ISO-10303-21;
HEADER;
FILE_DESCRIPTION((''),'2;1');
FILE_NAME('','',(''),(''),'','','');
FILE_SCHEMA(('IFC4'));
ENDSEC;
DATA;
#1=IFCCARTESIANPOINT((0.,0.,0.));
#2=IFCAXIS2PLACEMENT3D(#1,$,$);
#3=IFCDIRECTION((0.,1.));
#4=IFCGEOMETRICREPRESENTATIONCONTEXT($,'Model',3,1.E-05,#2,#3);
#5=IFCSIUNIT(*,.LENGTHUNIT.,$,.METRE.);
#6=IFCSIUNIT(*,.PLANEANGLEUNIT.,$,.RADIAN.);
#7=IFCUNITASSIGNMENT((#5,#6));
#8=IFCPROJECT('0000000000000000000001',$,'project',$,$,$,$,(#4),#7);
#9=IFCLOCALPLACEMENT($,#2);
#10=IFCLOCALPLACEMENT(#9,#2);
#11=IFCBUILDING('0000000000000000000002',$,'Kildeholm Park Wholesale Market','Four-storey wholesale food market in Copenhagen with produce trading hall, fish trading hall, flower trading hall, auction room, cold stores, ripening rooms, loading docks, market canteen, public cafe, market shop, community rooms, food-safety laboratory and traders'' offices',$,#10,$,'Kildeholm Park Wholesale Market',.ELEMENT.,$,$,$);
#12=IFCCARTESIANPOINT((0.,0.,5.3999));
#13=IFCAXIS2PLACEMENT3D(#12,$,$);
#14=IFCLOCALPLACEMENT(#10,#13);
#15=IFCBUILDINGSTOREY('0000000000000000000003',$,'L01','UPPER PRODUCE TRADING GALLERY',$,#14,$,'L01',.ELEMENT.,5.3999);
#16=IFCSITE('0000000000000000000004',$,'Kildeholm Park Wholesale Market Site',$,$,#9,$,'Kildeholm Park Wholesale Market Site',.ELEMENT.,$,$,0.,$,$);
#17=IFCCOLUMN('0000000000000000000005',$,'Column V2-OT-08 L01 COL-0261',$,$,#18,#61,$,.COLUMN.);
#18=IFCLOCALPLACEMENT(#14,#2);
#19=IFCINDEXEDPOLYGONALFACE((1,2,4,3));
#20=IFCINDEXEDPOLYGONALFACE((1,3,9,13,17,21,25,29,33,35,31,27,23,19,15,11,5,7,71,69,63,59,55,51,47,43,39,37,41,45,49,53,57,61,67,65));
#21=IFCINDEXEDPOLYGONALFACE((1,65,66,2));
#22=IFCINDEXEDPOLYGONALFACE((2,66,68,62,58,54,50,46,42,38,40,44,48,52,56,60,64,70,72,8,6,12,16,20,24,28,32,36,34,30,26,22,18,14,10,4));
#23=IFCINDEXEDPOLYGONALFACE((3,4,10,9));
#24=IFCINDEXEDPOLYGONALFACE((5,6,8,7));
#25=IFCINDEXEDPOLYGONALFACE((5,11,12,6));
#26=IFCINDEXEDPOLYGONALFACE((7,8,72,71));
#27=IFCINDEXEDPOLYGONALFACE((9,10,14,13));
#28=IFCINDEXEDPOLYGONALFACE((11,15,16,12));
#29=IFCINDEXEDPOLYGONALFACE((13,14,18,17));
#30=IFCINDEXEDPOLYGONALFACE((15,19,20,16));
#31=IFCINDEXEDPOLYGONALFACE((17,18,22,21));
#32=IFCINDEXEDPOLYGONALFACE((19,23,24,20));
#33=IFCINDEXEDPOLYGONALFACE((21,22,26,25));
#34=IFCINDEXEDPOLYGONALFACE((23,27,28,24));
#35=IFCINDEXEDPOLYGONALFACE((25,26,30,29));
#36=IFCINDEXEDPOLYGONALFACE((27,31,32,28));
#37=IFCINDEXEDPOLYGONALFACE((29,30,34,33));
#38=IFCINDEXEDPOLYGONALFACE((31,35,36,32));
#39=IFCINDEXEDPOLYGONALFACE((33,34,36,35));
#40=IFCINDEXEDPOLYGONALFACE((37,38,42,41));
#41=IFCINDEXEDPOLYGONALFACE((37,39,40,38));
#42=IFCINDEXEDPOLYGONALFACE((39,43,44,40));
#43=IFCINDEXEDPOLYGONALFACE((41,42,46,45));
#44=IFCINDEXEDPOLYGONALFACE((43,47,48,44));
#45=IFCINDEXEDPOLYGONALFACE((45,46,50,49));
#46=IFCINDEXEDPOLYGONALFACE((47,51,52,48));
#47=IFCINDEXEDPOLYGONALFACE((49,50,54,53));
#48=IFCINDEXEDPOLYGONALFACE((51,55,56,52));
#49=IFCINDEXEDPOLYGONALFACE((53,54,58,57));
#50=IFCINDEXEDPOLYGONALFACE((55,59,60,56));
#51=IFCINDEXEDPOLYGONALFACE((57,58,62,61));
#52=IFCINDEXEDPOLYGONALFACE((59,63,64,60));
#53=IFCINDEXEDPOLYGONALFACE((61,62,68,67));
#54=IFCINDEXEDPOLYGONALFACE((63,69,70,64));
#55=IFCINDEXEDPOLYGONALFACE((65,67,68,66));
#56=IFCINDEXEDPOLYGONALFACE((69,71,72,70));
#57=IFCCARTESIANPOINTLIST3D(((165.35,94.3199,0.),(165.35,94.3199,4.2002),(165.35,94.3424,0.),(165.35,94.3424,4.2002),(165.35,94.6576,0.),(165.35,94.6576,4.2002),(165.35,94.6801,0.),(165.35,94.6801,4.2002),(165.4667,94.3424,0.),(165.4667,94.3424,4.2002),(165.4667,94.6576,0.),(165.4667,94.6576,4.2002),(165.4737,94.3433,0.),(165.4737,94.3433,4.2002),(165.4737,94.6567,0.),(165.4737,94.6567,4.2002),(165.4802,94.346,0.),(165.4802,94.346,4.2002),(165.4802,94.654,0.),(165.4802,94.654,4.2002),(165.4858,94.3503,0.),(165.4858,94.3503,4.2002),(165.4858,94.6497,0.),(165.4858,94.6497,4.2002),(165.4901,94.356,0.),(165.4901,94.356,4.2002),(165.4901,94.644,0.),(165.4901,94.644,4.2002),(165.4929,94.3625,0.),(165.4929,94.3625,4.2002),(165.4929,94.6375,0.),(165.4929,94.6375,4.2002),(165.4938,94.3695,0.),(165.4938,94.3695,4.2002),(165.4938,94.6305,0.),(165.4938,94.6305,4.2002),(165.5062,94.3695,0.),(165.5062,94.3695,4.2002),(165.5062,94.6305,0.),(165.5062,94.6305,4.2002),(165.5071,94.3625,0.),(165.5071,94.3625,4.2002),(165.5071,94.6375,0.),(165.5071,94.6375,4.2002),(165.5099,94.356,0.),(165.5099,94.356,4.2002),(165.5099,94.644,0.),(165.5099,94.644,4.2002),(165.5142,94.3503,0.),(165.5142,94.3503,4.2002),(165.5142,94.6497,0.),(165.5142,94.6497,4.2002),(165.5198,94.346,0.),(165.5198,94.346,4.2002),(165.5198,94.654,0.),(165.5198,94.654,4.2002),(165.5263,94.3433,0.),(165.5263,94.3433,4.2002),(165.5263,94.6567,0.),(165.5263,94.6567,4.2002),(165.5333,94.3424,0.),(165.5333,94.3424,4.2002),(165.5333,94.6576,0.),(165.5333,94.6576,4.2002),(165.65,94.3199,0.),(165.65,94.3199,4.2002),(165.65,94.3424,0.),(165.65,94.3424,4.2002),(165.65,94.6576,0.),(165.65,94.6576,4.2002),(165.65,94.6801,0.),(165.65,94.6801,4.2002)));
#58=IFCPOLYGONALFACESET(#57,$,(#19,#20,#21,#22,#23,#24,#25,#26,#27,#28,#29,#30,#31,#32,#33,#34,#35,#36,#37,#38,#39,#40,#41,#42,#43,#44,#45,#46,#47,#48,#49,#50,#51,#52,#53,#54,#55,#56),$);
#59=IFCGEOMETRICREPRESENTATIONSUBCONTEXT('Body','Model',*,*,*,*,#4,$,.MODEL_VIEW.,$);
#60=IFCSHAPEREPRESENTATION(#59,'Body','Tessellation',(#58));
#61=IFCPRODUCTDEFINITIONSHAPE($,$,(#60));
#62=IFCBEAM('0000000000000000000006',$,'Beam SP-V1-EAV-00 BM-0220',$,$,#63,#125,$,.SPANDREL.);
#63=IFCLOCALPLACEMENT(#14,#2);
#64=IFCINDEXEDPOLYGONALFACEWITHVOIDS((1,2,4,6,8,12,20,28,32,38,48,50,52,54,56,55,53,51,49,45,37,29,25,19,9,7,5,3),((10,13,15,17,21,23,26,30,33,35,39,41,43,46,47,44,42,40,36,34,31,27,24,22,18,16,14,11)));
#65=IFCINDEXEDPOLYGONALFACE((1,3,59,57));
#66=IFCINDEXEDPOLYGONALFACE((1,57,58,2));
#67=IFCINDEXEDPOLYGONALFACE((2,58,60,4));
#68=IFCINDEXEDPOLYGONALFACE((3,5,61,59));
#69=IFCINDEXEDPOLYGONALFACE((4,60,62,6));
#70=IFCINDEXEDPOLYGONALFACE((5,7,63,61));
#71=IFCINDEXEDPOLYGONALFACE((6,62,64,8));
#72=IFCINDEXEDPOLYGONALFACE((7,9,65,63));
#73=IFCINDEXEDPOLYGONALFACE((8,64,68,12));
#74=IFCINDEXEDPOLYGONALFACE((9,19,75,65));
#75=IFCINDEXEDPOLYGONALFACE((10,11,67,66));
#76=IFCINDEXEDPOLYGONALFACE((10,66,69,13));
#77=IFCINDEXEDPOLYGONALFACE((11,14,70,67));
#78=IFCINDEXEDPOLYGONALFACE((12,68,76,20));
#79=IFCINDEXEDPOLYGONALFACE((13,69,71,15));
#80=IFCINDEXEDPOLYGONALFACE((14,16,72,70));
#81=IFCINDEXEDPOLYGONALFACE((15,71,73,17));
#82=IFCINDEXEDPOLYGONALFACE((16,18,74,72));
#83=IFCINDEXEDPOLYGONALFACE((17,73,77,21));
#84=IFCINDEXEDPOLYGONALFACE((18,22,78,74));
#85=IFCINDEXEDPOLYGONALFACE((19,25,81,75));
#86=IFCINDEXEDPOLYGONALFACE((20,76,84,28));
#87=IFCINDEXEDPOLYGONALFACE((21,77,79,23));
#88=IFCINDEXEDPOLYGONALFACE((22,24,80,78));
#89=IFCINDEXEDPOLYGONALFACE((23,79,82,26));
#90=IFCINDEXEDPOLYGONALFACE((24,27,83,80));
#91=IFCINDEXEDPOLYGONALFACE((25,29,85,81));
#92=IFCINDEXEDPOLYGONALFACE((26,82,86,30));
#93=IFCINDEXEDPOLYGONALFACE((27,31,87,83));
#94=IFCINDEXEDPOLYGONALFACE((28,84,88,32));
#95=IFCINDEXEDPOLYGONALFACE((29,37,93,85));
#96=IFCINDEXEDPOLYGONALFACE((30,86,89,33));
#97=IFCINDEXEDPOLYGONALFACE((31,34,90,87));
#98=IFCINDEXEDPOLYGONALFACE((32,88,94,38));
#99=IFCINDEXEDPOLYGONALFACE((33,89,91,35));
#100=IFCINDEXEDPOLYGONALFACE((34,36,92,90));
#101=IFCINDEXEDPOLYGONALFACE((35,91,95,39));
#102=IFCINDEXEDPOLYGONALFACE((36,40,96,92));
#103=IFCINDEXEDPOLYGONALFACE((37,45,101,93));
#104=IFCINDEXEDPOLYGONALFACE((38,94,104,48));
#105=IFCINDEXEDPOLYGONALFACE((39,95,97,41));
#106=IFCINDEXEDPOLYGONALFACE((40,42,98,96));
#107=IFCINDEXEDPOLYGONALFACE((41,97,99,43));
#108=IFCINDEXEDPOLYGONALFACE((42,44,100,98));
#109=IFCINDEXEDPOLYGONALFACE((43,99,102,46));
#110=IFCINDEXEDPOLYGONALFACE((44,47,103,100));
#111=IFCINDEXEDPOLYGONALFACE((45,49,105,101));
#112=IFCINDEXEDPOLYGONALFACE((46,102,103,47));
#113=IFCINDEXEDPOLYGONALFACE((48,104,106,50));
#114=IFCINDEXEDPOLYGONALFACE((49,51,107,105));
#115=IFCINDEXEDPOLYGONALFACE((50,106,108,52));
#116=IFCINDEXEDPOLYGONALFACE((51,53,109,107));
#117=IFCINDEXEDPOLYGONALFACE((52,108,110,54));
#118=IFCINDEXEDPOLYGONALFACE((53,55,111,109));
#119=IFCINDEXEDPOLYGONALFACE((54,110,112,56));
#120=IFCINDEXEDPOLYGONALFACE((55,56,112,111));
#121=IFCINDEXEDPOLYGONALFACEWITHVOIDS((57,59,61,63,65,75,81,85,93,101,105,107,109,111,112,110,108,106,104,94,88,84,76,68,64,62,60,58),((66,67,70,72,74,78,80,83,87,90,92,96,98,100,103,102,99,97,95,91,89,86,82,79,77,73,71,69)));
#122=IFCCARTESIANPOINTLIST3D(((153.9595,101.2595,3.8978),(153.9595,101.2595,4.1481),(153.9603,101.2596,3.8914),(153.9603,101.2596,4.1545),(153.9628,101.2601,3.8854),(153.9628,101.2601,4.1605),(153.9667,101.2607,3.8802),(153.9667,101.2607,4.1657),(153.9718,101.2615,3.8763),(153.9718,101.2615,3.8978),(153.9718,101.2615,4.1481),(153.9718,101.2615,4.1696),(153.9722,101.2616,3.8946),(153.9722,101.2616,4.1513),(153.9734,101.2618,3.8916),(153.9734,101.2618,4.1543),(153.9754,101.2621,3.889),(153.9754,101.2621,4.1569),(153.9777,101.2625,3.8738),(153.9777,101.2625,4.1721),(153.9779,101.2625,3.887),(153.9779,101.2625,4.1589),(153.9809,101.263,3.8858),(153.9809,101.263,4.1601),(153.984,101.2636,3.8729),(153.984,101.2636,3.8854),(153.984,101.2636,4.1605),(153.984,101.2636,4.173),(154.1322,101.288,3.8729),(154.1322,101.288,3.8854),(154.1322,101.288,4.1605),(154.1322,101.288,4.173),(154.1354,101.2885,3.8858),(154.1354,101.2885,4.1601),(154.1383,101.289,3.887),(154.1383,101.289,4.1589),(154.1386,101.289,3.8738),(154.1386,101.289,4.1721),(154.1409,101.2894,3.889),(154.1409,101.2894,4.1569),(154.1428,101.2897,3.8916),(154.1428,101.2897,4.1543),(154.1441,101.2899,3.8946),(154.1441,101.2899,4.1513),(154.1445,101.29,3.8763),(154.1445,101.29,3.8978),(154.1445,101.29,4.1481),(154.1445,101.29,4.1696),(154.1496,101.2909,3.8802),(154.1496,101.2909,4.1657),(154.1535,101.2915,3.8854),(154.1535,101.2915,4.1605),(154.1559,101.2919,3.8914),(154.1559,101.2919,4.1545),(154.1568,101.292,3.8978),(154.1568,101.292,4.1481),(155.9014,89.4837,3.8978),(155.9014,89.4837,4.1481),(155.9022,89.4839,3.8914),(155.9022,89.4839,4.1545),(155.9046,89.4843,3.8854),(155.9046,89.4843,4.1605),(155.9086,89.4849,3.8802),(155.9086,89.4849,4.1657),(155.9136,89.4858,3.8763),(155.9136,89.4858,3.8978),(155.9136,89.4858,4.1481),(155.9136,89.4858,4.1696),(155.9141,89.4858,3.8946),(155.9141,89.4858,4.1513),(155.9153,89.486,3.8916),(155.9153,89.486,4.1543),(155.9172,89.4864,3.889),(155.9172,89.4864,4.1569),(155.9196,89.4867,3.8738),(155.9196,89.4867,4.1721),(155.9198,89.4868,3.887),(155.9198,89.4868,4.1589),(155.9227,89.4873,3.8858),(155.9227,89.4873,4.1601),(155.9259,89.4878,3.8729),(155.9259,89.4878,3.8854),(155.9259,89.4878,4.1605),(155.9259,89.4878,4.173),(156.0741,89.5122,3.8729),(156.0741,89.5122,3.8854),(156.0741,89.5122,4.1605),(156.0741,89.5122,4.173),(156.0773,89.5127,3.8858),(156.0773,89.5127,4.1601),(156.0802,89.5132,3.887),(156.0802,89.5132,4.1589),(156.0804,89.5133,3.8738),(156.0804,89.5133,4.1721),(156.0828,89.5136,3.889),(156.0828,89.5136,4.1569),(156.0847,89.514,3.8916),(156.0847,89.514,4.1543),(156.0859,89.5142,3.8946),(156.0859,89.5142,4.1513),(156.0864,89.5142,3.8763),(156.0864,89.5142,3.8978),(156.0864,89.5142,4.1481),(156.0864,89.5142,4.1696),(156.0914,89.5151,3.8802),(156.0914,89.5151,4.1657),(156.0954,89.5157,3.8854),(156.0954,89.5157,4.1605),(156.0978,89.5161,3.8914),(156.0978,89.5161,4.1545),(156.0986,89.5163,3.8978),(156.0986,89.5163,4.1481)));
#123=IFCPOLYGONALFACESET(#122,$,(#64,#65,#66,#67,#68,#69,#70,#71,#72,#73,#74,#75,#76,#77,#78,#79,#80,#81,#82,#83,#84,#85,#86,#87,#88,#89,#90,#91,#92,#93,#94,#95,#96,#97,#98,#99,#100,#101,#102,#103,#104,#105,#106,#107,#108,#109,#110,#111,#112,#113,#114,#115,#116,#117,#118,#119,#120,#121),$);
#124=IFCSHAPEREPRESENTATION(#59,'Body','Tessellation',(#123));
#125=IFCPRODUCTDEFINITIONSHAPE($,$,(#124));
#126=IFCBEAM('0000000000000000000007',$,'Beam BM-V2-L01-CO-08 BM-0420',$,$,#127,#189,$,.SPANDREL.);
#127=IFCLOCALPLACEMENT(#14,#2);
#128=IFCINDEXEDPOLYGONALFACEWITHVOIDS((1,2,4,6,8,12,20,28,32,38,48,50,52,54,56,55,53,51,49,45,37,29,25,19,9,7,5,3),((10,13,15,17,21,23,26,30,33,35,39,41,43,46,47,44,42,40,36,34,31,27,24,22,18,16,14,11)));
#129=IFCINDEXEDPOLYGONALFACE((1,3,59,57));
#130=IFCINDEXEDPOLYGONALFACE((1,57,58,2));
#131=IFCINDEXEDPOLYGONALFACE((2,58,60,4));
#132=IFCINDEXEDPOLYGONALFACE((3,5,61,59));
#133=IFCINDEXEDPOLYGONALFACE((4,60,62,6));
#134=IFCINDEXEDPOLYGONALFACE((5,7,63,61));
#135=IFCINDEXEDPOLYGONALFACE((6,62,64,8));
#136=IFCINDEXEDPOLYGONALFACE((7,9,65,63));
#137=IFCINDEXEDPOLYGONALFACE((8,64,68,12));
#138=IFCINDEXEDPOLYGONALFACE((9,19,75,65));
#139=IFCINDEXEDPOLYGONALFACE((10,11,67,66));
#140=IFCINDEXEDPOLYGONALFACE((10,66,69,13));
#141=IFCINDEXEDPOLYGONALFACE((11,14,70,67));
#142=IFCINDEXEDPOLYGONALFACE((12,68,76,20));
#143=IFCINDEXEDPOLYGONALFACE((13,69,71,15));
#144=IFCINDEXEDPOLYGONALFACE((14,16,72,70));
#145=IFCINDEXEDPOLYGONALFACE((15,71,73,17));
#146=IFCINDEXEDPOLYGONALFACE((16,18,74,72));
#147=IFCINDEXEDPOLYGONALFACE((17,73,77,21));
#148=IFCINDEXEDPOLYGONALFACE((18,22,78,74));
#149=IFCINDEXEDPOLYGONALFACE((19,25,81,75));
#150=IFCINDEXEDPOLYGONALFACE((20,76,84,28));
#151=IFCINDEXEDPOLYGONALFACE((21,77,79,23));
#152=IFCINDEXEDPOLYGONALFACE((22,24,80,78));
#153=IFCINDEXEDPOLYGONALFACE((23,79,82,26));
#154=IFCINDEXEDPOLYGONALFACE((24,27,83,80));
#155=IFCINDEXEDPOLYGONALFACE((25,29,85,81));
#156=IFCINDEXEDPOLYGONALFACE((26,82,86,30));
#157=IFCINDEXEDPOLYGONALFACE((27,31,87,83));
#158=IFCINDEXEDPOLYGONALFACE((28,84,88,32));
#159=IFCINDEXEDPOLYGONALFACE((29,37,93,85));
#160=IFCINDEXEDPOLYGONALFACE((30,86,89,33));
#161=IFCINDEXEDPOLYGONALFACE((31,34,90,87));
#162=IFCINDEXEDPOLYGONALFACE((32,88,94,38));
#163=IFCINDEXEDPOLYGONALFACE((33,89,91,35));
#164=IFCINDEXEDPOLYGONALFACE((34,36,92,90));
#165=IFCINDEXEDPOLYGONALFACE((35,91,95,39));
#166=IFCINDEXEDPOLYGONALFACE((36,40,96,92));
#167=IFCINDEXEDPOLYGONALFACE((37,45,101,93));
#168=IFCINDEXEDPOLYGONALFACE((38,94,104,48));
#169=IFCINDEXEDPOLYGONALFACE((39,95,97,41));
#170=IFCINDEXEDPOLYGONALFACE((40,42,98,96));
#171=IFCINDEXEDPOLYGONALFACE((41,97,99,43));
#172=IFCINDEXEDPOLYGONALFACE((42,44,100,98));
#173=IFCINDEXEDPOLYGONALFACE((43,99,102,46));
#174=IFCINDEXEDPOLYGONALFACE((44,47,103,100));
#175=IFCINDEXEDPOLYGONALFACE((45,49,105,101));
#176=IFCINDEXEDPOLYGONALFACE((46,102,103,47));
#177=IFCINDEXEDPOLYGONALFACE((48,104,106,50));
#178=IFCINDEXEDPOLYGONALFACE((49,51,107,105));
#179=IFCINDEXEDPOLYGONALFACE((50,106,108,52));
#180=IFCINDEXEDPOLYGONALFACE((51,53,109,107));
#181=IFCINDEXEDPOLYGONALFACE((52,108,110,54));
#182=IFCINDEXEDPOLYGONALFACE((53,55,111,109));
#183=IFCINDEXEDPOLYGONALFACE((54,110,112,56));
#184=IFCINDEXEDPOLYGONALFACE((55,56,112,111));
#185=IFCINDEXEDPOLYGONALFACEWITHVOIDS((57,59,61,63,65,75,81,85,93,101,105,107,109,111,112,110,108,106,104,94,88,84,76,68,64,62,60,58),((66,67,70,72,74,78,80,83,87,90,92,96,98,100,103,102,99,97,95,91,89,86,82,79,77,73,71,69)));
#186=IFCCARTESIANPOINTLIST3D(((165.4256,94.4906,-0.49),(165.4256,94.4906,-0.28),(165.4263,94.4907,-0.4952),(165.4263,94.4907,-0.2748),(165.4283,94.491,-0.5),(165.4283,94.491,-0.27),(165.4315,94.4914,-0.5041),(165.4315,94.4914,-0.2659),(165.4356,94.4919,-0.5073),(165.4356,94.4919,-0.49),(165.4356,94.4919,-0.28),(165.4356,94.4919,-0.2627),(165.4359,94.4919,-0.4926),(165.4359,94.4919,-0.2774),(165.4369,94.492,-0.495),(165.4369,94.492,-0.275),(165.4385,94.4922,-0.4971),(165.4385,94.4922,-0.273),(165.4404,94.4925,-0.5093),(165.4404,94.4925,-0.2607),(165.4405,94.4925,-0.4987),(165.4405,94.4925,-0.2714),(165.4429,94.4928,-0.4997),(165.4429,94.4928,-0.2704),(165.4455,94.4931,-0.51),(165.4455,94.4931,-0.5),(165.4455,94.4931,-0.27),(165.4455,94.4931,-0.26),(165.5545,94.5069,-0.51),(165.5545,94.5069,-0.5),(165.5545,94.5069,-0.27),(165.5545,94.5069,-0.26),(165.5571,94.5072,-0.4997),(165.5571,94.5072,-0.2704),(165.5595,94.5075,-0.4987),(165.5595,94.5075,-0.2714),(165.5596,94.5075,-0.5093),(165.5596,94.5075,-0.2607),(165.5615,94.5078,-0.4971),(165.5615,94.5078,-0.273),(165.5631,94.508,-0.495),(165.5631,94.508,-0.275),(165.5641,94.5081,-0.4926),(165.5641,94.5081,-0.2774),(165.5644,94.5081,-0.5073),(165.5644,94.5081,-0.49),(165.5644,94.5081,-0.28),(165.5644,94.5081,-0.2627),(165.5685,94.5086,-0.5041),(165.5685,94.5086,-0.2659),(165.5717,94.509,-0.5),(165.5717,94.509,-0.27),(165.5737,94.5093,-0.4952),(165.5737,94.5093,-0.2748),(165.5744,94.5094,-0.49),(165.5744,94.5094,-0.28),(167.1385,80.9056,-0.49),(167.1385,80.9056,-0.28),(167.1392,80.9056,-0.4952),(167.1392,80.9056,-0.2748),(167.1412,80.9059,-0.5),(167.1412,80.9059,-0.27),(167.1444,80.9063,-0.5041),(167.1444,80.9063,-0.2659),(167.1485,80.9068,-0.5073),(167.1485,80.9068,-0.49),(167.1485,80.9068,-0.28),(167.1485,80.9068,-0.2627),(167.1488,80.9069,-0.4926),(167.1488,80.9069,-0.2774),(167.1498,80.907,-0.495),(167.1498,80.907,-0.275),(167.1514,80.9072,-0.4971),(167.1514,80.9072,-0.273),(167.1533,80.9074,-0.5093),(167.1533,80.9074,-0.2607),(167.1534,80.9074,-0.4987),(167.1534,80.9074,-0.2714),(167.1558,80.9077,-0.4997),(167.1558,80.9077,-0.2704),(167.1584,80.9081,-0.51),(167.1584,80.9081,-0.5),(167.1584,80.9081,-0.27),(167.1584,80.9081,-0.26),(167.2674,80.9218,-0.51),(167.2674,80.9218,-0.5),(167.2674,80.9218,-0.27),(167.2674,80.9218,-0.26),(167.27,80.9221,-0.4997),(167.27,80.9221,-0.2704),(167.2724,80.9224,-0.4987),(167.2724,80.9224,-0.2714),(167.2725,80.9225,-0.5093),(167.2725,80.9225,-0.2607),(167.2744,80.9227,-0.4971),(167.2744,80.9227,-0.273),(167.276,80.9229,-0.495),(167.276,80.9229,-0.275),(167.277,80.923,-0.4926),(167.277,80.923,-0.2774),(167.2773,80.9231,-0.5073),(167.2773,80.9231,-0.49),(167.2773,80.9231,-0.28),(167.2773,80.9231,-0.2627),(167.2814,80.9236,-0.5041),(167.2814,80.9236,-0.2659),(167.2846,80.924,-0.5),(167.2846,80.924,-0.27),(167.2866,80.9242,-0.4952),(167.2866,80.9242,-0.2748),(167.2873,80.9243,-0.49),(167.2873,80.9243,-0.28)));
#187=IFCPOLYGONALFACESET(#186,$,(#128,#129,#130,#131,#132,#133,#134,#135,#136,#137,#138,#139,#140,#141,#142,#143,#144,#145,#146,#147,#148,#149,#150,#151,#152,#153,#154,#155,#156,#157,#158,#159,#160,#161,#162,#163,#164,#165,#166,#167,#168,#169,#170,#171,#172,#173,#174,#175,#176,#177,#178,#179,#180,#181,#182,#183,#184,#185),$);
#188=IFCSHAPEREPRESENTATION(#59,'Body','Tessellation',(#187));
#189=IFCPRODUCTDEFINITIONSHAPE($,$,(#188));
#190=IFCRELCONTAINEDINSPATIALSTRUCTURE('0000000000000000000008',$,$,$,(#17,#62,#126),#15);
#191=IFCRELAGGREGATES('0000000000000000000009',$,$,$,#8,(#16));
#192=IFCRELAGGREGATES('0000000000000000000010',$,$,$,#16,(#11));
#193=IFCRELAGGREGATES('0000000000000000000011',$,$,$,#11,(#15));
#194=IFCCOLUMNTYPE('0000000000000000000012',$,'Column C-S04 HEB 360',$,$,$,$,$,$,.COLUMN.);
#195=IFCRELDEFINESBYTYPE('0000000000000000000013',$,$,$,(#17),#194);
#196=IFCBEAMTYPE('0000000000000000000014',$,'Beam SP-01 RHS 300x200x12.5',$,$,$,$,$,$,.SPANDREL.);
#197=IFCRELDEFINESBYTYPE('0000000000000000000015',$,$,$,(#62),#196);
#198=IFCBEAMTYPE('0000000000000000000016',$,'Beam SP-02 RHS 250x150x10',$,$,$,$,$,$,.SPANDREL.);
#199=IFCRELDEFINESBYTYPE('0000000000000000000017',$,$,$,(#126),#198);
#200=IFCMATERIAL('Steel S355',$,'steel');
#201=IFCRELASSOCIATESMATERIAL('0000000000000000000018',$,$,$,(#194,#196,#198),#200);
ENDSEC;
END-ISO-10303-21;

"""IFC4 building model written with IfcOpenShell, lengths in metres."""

from ifc_helpers import new_model, si_unit, direction, frame, origin, origin_2d, place, context, subcontext, project, spatial, hollow_rectangle, i_section, extrude, material, material_profile, profile_set, type_object, element, save


model = new_model("IFC4")

# Units and contexts
model_context = context("Model", 3, precision=1e-05, world=origin(), true_north=direction((0.0, 1.0)))
body_context = subcontext(model_context, "Body", "Model", "MODEL_VIEW")
ifc_project = project(units=[si_unit("LENGTHUNIT", "METRE"), si_unit("PLANEANGLEUNIT", "RADIAN")], contexts=[model_context])

# Site, building, storey
site_placement = place(None, origin())
site = spatial("IfcSite", under=ifc_project, at=site_placement, Name="Kildeholm Park Wholesale Market Site", LongName="Kildeholm Park Wholesale Market Site", CompositionType="ELEMENT", RefElevation=0.0)
building_placement = place(site_placement, origin())
building = spatial("IfcBuilding", under=site, at=building_placement, Name="Kildeholm Park Wholesale Market", Description="Four-storey wholesale food market in Copenhagen with produce trading hall, fish trading hall, flower trading hall, auction room, cold stores, ripening rooms, loading docks, market canteen, public cafe, market shop, community rooms, food-safety laboratory and traders' offices", LongName="Kildeholm Park Wholesale Market", CompositionType="ELEMENT")
storey_placement = place(building_placement, frame((0.0, 0.0, 5.3999)))
storey = spatial("IfcBuildingStorey", under=building, at=storey_placement, Name="L01", Description="UPPER PRODUCE TRADING GALLERY", LongName="L01", CompositionType="ELEMENT", Elevation=5.3999)

# Column
ifc_material_1 = material(Name="Steel S355", Category="steel")
ifc_material_profile_1 = material_profile(ifc_material_1, i_section(OverallWidth=0.3, OverallDepth=0.3601, WebThickness=0.0125, FlangeThickness=0.0225, FilletRadius=0.0271, at=origin_2d()), Name="HEB 360")
ifc_profile_set_1 = profile_set([ifc_material_profile_1], Name="Steel S355")
column_type = type_object("IfcColumnType", Name="Column C-S04 HEB 360", PredefinedType="COLUMN", material=ifc_profile_set_1)
column_placement = place(storey_placement, frame((165.5, 94.5, 0.0), z_axis=(0.0, 0.0, 1.0), x_axis=(-1.0, 0.0, 0.0)))
element("IfcColumn", 1, at=column_placement, inside=storey, type_object=column_type, Name="Column V2-OT-08 L01 COL-0261", PredefinedType="COLUMN", context=body_context, shape_type="SweptSolid", body=[
    extrude(i_section(OverallWidth=0.3, OverallDepth=0.3601, WebThickness=0.0125, FlangeThickness=0.0225, FilletRadius=0.0271, at=origin_2d()), origin(), (0.0, 0.0, 1.0), 4.2002),
])

# Beams
ifc_material_profile_2 = material_profile(ifc_material_1, hollow_rectangle(XDim=0.2, YDim=0.3, WallThickness=0.0125, InnerFilletRadius=0.0125, OuterFilletRadius=0.0249, at=origin_2d()), Name="RHS 300x200x12.5")
ifc_profile_set_2 = profile_set([ifc_material_profile_2], Name="Steel S355")
beam_type_1 = type_object("IfcBeamType", Name="Beam SP-01 RHS 300x200x12.5", PredefinedType="SPANDREL", material=ifc_profile_set_2)
beam_1_placement = place(storey_placement, frame((156.0, 89.5, 4.0229), z_axis=(-0.162707, 0.986674, 0.0), x_axis=(-0.986674, -0.162707, 0.0)))
element("IfcBeam", 2, at=beam_1_placement, inside=storey, type_object=beam_type_1, Name="Beam SP-V1-EAV-00 BM-0220", PredefinedType="SPANDREL", context=body_context, shape_type="SweptSolid", body=[
    extrude(hollow_rectangle(XDim=0.2, YDim=0.3, WallThickness=0.0125, InnerFilletRadius=0.0125, OuterFilletRadius=0.0249, at=origin_2d()), origin(), (0.0, 0.0, 1.0), 11.9348),
])
ifc_material_profile_3 = material_profile(ifc_material_1, hollow_rectangle(XDim=0.1499, YDim=0.25, WallThickness=0.01, InnerFilletRadius=0.01, OuterFilletRadius=0.02, at=origin_2d()), Name="RHS 250x150x10")
ifc_profile_set_3 = profile_set([ifc_material_profile_3], Name="Steel S355")
beam_type_2 = type_object("IfcBeamType", Name="Beam SP-02 RHS 250x150x10", PredefinedType="SPANDREL", material=ifc_profile_set_3)
beam_2_placement = place(storey_placement, frame((165.5, 94.5, -0.385), z_axis=(0.125097, -0.992145, 0.0), x_axis=(0.992145, 0.125097, 0.0)))
element("IfcBeam", 3, at=beam_2_placement, inside=storey, type_object=beam_type_2, Name="Beam BM-V2-L01-CO-08 BM-0420", PredefinedType="SPANDREL", context=body_context, shape_type="SweptSolid", body=[
    extrude(hollow_rectangle(XDim=0.1499, YDim=0.25, WallThickness=0.01, InnerFilletRadius=0.01, OuterFilletRadius=0.02, at=origin_2d()), origin(), (0.0, 0.0, 1.0), 13.6926),
])

save(model, "model.ifc")
